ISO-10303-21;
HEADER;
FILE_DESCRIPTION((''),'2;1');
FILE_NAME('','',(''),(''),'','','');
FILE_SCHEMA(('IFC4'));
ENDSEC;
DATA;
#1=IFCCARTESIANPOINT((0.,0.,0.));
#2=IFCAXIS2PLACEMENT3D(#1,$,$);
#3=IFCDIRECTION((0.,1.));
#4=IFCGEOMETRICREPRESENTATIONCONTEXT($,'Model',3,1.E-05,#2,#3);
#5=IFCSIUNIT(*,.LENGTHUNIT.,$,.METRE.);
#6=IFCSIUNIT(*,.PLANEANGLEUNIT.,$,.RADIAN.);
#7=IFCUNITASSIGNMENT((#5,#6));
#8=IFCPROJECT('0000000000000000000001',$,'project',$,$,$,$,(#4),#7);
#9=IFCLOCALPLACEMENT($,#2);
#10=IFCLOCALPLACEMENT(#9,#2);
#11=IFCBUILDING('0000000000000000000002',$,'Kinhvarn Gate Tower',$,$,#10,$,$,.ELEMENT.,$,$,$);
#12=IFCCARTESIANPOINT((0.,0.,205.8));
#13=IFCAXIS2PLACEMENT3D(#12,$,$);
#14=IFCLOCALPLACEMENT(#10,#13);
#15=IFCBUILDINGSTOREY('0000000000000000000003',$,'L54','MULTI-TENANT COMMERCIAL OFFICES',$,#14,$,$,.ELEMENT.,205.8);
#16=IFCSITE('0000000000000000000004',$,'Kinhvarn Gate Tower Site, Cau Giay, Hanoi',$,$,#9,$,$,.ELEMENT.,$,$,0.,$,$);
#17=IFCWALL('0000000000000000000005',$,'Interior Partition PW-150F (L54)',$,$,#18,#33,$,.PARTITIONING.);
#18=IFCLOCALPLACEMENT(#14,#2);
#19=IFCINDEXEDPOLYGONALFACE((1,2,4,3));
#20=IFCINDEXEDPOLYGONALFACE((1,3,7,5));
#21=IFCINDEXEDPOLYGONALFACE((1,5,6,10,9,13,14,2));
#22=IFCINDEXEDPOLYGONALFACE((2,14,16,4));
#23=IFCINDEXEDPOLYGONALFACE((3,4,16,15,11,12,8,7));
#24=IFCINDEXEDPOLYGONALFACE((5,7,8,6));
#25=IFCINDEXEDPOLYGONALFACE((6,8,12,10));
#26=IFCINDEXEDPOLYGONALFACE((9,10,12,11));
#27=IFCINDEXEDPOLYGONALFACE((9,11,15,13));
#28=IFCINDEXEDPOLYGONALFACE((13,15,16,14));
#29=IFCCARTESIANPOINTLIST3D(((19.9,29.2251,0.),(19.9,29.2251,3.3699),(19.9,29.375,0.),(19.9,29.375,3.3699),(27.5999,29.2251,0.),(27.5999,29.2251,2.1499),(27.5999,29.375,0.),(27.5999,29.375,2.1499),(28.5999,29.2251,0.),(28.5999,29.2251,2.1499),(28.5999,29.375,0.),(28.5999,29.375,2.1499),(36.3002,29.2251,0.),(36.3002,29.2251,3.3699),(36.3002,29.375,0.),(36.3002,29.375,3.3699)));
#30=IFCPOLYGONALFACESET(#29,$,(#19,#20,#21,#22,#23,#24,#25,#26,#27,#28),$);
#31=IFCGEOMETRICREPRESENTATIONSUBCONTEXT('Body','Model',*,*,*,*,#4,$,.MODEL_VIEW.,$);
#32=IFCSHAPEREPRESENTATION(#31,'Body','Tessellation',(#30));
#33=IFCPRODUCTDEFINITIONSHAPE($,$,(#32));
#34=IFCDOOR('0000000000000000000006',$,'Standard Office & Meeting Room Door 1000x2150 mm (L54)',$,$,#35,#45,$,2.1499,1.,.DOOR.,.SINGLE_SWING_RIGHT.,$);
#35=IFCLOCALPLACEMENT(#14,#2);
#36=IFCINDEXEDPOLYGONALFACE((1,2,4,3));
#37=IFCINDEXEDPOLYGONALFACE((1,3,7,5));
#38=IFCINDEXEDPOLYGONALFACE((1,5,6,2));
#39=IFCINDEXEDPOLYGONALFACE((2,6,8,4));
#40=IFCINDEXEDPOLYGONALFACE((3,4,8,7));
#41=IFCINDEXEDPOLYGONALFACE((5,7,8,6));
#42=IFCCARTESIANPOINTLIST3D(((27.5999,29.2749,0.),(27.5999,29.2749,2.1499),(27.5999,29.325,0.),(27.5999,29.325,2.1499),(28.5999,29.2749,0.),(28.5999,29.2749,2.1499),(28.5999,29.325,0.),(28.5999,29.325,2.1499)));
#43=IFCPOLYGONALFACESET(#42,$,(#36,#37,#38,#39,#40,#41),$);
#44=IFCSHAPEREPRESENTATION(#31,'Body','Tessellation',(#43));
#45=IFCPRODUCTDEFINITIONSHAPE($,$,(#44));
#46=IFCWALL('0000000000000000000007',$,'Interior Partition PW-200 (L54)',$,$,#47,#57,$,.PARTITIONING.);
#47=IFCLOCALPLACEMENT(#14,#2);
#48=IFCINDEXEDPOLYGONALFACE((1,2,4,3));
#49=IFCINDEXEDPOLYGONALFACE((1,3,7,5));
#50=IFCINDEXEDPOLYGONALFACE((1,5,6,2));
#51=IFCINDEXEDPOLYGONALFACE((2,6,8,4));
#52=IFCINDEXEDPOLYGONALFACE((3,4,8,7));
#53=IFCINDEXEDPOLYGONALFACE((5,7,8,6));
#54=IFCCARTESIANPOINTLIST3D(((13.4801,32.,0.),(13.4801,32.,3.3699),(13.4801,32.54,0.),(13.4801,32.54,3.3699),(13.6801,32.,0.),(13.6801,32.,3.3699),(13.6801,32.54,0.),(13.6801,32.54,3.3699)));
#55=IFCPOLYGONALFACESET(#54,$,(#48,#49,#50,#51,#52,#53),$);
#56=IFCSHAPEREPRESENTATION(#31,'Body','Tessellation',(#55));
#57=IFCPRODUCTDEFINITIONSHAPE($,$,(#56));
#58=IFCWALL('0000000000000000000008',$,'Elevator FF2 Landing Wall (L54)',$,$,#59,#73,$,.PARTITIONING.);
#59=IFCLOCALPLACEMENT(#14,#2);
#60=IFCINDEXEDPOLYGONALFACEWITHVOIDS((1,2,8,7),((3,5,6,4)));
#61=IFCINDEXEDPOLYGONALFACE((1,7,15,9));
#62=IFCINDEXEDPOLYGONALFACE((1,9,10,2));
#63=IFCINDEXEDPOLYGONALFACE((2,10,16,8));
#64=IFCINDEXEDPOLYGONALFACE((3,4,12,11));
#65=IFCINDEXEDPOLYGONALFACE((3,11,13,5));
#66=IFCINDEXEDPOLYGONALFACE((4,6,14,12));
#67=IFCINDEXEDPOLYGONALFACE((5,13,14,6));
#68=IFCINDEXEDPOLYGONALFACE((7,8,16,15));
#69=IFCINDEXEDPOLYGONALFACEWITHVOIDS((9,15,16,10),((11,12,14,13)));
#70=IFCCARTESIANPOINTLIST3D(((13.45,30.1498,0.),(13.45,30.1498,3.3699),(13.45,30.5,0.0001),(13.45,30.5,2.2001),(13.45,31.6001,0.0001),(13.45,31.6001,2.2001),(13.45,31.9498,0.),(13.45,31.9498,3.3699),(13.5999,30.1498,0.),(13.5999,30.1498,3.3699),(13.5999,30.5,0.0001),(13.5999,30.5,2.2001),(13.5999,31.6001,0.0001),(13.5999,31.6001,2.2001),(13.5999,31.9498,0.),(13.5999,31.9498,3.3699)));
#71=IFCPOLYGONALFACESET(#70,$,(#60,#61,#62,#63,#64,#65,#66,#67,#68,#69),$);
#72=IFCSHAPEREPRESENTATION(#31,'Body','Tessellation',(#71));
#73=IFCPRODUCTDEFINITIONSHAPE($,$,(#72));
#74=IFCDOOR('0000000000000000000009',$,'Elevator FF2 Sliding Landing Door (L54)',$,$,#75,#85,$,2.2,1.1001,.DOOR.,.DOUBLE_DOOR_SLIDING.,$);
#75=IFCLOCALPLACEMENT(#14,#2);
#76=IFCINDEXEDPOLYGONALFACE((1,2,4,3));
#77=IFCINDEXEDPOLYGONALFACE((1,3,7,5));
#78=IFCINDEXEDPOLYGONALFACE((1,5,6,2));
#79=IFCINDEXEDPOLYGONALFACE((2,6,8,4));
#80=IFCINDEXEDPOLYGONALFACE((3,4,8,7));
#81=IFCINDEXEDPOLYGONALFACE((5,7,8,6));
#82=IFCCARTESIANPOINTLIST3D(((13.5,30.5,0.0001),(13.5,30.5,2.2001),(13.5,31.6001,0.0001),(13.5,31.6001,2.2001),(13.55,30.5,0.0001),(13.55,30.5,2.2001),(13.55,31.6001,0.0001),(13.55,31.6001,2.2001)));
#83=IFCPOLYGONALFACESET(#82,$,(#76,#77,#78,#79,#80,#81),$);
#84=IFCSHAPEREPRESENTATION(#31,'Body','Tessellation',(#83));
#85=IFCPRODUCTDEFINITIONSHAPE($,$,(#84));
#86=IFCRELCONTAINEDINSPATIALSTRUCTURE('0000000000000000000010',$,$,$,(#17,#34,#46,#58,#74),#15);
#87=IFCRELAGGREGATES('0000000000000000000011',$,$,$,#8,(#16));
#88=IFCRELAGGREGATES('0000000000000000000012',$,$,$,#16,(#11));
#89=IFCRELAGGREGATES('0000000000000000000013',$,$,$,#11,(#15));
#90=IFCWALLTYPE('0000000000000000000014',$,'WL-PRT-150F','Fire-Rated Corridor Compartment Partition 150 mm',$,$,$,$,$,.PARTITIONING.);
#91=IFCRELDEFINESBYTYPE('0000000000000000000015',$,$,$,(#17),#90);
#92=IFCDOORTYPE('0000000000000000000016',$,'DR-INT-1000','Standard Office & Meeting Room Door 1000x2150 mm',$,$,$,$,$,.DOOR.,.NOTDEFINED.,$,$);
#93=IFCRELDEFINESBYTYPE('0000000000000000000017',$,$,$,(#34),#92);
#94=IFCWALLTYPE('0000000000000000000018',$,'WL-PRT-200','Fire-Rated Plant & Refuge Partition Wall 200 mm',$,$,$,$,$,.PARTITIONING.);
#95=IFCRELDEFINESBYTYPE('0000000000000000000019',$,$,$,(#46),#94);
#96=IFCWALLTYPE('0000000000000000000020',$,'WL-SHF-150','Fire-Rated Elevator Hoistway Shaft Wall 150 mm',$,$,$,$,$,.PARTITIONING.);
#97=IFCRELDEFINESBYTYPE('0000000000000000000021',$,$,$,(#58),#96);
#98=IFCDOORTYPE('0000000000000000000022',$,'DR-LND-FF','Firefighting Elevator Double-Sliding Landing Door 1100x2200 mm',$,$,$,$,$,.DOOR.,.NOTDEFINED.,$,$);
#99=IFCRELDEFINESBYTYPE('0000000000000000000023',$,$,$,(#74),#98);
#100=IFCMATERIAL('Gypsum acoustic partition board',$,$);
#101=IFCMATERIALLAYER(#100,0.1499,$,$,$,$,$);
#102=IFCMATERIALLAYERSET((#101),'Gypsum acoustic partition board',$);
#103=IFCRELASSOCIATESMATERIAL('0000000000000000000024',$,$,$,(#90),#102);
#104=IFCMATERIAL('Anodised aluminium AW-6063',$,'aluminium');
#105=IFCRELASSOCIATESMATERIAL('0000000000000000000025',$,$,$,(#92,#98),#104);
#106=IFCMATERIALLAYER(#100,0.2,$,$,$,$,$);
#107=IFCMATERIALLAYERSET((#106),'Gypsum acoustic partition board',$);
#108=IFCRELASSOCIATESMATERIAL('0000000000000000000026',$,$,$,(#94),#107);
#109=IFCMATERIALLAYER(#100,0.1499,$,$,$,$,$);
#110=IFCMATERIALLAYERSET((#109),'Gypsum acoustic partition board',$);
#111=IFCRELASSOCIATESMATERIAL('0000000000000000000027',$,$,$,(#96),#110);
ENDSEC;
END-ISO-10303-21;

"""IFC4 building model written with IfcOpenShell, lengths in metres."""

from ifc_helpers import new_model, si_unit, direction, frame, frame_2d, origin, place, context, subcontext, project, spatial, rectangle, extrude, material, layer, layer_set, type_object, element, fill, save


model = new_model("IFC4")

# Units and contexts
model_context = context("Model", 3, precision=1e-05, world=origin(), true_north=direction((0.0, 1.0)))
body_context = subcontext(model_context, "Body", "Model", "MODEL_VIEW")
ifc_project = project(units=[si_unit("LENGTHUNIT", "METRE"), si_unit("PLANEANGLEUNIT", "RADIAN")], contexts=[model_context])

# Site, building, storey
site_placement = place(None, origin())
site = spatial("IfcSite", under=ifc_project, at=site_placement, Name="Kinhvarn Gate Tower Site, Cau Giay, Hanoi", CompositionType="ELEMENT", RefElevation=0.0)
building_placement = place(site_placement, origin())
building = spatial("IfcBuilding", under=site, at=building_placement, Name="Kinhvarn Gate Tower", CompositionType="ELEMENT")
storey_placement = place(building_placement, frame((0.0, 0.0, 205.8)))
storey = spatial("IfcBuildingStorey", under=building, at=storey_placement, Name="L54", Description="MULTI-TENANT COMMERCIAL OFFICES", CompositionType="ELEMENT", Elevation=205.8)

# Shared definitions
ifc_material_1 = material(Name="Gypsum acoustic partition board")

# Shared definitions
ifc_material_2 = material(Name="Anodised aluminium AW-6063", Category="aluminium")

# Shared definitions
ifc_layer_1 = layer(ifc_material_1, 0.1499)
ifc_layer_set_1 = layer_set([ifc_layer_1], Name="Gypsum acoustic partition board")
wall_type_1 = type_object("IfcWallType", Name="WL-PRT-150F", Description="Fire-Rated Corridor Compartment Partition 150 mm", PredefinedType="PARTITIONING", material=ifc_layer_set_1)

# Wall, opening, door
wall_1_placement = place(storey_placement, frame((19.8999, 29.3, 0.0), z_axis=(0.0, 0.0, 1.0), x_axis=(1.0, 0.0, 0.0)))
wall_1 = element("IfcWall", 1, at=wall_1_placement, inside=storey, type_object=wall_type_1, Name="Interior Partition PW-150F (L54)", PredefinedType="PARTITIONING", context=body_context, shape_type="SweptSolid", body=[
    extrude(rectangle(XDim=16.4001, YDim=0.1499, at=frame_2d((8.2002, 0.0))), origin(), (0.0, 0.0, 1.0), 3.3699),
])
opening_1_placement = place(wall_1_placement, frame((7.7, 0.0, 0.0)))
opening_1 = element("IfcOpeningElement", 2, at=opening_1_placement, cuts=wall_1, PredefinedType="OPENING", context=body_context, shape_type="SweptSolid", body=[
    extrude(rectangle(XDim=1.0, YDim=2.1499, at=frame_2d((0.5, 1.075))), frame((0.0, 0.085, 0.0), z_axis=(0.0, -1.0, 0.0), x_axis=(1.0, 0.0, 0.0)), (0.0, 0.0, 1.0), 0.1699),
])
door_type_1 = type_object("IfcDoorType", Name="DR-INT-1000", Description="Standard Office & Meeting Room Door 1000x2150 mm", OperationType="NOTDEFINED", PredefinedType="DOOR", material=ifc_material_2)
door_1_placement = place(opening_1_placement, origin())
door_1 = element("IfcDoor", 3, at=door_1_placement, inside=storey, type_object=door_type_1, Name="Standard Office & Meeting Room Door 1000x2150 mm (L54)", OperationType="SINGLE_SWING_RIGHT", OverallHeight=2.1499, OverallWidth=1.0, PredefinedType="DOOR", context=body_context, shape_type="SweptSolid", body=[
    extrude(rectangle(XDim=1.0, YDim=2.1499, at=frame_2d((0.5, 1.075))), frame((0.0, 0.0249, 0.0), z_axis=(0.0, -1.0, 0.0), x_axis=(1.0, 0.0, 0.0)), (0.0, 0.0, 1.0), 0.05),
])
fill(opening_1, door_1)

# Wall
ifc_layer_2 = layer(ifc_material_1, 0.2)
ifc_layer_set_2 = layer_set([ifc_layer_2], Name="Gypsum acoustic partition board")
wall_type_2 = type_object("IfcWallType", Name="WL-PRT-200", Description="Fire-Rated Plant & Refuge Partition Wall 200 mm", PredefinedType="PARTITIONING", material=ifc_layer_set_2)
wall_2_placement = place(storey_placement, frame((13.5801, 32.0, 0.0), z_axis=(0.0, 0.0, 1.0), x_axis=(0.0, 1.0, 0.0)))
element("IfcWall", 4, at=wall_2_placement, inside=storey, type_object=wall_type_2, Name="Interior Partition PW-200 (L54)", PredefinedType="PARTITIONING", context=body_context, shape_type="SweptSolid", body=[
    extrude(rectangle(XDim=0.54, YDim=0.2, at=frame_2d((0.27, 0.0))), origin(), (0.0, 0.0, 1.0), 3.3699),
])

# Wall, opening, door
ifc_layer_3 = layer(ifc_material_1, 0.1499)
ifc_layer_set_3 = layer_set([ifc_layer_3], Name="Gypsum acoustic partition board")
wall_type_3 = type_object("IfcWallType", Name="WL-SHF-150", Description="Fire-Rated Elevator Hoistway Shaft Wall 150 mm", PredefinedType="PARTITIONING", material=ifc_layer_set_3)
wall_3_placement = place(storey_placement, frame((13.5249, 30.1499, 0.0), z_axis=(0.0, 0.0, 1.0), x_axis=(0.0, 1.0, 0.0)))
wall_3 = element("IfcWall", 5, at=wall_3_placement, inside=storey, type_object=wall_type_3, Name="Elevator FF2 Landing Wall (L54)", PredefinedType="PARTITIONING", context=body_context, shape_type="SweptSolid", body=[
    extrude(rectangle(XDim=1.8, YDim=0.1499, at=frame_2d((0.8999, 0.0))), origin(), (0.0, 0.0, 1.0), 3.3699),
])
opening_2_placement = place(wall_3_placement, frame((0.3501, 0.0, 0.0)))
opening_2 = element("IfcOpeningElement", 6, at=opening_2_placement, cuts=wall_3, PredefinedType="OPENING", context=body_context, shape_type="SweptSolid", body=[
    extrude(rectangle(XDim=1.1001, YDim=2.2, at=frame_2d((0.55, 1.1001))), frame((0.0, 0.085, 0.0), z_axis=(0.0, -1.0, 0.0), x_axis=(1.0, 0.0, 0.0)), (0.0, 0.0, 1.0), 0.1699),
])
door_type_2 = type_object("IfcDoorType", Name="DR-LND-FF", Description="Firefighting Elevator Double-Sliding Landing Door 1100x2200 mm", OperationType="NOTDEFINED", PredefinedType="DOOR", material=ifc_material_2)
door_2_placement = place(opening_2_placement, origin())
door_2 = element("IfcDoor", 7, at=door_2_placement, inside=storey, type_object=door_type_2, Name="Elevator FF2 Sliding Landing Door (L54)", OperationType="DOUBLE_DOOR_SLIDING", OverallHeight=2.2, OverallWidth=1.1001, PredefinedType="DOOR", context=body_context, shape_type="SweptSolid", body=[
    extrude(rectangle(XDim=1.1001, YDim=2.2, at=frame_2d((0.55, 1.1001))), frame((0.0, 0.0249, 0.0), z_axis=(0.0, -1.0, 0.0), x_axis=(1.0, 0.0, 0.0)), (0.0, 0.0, 1.0), 0.05),
])
fill(opening_2, door_2)

save(model, "model.ifc")
